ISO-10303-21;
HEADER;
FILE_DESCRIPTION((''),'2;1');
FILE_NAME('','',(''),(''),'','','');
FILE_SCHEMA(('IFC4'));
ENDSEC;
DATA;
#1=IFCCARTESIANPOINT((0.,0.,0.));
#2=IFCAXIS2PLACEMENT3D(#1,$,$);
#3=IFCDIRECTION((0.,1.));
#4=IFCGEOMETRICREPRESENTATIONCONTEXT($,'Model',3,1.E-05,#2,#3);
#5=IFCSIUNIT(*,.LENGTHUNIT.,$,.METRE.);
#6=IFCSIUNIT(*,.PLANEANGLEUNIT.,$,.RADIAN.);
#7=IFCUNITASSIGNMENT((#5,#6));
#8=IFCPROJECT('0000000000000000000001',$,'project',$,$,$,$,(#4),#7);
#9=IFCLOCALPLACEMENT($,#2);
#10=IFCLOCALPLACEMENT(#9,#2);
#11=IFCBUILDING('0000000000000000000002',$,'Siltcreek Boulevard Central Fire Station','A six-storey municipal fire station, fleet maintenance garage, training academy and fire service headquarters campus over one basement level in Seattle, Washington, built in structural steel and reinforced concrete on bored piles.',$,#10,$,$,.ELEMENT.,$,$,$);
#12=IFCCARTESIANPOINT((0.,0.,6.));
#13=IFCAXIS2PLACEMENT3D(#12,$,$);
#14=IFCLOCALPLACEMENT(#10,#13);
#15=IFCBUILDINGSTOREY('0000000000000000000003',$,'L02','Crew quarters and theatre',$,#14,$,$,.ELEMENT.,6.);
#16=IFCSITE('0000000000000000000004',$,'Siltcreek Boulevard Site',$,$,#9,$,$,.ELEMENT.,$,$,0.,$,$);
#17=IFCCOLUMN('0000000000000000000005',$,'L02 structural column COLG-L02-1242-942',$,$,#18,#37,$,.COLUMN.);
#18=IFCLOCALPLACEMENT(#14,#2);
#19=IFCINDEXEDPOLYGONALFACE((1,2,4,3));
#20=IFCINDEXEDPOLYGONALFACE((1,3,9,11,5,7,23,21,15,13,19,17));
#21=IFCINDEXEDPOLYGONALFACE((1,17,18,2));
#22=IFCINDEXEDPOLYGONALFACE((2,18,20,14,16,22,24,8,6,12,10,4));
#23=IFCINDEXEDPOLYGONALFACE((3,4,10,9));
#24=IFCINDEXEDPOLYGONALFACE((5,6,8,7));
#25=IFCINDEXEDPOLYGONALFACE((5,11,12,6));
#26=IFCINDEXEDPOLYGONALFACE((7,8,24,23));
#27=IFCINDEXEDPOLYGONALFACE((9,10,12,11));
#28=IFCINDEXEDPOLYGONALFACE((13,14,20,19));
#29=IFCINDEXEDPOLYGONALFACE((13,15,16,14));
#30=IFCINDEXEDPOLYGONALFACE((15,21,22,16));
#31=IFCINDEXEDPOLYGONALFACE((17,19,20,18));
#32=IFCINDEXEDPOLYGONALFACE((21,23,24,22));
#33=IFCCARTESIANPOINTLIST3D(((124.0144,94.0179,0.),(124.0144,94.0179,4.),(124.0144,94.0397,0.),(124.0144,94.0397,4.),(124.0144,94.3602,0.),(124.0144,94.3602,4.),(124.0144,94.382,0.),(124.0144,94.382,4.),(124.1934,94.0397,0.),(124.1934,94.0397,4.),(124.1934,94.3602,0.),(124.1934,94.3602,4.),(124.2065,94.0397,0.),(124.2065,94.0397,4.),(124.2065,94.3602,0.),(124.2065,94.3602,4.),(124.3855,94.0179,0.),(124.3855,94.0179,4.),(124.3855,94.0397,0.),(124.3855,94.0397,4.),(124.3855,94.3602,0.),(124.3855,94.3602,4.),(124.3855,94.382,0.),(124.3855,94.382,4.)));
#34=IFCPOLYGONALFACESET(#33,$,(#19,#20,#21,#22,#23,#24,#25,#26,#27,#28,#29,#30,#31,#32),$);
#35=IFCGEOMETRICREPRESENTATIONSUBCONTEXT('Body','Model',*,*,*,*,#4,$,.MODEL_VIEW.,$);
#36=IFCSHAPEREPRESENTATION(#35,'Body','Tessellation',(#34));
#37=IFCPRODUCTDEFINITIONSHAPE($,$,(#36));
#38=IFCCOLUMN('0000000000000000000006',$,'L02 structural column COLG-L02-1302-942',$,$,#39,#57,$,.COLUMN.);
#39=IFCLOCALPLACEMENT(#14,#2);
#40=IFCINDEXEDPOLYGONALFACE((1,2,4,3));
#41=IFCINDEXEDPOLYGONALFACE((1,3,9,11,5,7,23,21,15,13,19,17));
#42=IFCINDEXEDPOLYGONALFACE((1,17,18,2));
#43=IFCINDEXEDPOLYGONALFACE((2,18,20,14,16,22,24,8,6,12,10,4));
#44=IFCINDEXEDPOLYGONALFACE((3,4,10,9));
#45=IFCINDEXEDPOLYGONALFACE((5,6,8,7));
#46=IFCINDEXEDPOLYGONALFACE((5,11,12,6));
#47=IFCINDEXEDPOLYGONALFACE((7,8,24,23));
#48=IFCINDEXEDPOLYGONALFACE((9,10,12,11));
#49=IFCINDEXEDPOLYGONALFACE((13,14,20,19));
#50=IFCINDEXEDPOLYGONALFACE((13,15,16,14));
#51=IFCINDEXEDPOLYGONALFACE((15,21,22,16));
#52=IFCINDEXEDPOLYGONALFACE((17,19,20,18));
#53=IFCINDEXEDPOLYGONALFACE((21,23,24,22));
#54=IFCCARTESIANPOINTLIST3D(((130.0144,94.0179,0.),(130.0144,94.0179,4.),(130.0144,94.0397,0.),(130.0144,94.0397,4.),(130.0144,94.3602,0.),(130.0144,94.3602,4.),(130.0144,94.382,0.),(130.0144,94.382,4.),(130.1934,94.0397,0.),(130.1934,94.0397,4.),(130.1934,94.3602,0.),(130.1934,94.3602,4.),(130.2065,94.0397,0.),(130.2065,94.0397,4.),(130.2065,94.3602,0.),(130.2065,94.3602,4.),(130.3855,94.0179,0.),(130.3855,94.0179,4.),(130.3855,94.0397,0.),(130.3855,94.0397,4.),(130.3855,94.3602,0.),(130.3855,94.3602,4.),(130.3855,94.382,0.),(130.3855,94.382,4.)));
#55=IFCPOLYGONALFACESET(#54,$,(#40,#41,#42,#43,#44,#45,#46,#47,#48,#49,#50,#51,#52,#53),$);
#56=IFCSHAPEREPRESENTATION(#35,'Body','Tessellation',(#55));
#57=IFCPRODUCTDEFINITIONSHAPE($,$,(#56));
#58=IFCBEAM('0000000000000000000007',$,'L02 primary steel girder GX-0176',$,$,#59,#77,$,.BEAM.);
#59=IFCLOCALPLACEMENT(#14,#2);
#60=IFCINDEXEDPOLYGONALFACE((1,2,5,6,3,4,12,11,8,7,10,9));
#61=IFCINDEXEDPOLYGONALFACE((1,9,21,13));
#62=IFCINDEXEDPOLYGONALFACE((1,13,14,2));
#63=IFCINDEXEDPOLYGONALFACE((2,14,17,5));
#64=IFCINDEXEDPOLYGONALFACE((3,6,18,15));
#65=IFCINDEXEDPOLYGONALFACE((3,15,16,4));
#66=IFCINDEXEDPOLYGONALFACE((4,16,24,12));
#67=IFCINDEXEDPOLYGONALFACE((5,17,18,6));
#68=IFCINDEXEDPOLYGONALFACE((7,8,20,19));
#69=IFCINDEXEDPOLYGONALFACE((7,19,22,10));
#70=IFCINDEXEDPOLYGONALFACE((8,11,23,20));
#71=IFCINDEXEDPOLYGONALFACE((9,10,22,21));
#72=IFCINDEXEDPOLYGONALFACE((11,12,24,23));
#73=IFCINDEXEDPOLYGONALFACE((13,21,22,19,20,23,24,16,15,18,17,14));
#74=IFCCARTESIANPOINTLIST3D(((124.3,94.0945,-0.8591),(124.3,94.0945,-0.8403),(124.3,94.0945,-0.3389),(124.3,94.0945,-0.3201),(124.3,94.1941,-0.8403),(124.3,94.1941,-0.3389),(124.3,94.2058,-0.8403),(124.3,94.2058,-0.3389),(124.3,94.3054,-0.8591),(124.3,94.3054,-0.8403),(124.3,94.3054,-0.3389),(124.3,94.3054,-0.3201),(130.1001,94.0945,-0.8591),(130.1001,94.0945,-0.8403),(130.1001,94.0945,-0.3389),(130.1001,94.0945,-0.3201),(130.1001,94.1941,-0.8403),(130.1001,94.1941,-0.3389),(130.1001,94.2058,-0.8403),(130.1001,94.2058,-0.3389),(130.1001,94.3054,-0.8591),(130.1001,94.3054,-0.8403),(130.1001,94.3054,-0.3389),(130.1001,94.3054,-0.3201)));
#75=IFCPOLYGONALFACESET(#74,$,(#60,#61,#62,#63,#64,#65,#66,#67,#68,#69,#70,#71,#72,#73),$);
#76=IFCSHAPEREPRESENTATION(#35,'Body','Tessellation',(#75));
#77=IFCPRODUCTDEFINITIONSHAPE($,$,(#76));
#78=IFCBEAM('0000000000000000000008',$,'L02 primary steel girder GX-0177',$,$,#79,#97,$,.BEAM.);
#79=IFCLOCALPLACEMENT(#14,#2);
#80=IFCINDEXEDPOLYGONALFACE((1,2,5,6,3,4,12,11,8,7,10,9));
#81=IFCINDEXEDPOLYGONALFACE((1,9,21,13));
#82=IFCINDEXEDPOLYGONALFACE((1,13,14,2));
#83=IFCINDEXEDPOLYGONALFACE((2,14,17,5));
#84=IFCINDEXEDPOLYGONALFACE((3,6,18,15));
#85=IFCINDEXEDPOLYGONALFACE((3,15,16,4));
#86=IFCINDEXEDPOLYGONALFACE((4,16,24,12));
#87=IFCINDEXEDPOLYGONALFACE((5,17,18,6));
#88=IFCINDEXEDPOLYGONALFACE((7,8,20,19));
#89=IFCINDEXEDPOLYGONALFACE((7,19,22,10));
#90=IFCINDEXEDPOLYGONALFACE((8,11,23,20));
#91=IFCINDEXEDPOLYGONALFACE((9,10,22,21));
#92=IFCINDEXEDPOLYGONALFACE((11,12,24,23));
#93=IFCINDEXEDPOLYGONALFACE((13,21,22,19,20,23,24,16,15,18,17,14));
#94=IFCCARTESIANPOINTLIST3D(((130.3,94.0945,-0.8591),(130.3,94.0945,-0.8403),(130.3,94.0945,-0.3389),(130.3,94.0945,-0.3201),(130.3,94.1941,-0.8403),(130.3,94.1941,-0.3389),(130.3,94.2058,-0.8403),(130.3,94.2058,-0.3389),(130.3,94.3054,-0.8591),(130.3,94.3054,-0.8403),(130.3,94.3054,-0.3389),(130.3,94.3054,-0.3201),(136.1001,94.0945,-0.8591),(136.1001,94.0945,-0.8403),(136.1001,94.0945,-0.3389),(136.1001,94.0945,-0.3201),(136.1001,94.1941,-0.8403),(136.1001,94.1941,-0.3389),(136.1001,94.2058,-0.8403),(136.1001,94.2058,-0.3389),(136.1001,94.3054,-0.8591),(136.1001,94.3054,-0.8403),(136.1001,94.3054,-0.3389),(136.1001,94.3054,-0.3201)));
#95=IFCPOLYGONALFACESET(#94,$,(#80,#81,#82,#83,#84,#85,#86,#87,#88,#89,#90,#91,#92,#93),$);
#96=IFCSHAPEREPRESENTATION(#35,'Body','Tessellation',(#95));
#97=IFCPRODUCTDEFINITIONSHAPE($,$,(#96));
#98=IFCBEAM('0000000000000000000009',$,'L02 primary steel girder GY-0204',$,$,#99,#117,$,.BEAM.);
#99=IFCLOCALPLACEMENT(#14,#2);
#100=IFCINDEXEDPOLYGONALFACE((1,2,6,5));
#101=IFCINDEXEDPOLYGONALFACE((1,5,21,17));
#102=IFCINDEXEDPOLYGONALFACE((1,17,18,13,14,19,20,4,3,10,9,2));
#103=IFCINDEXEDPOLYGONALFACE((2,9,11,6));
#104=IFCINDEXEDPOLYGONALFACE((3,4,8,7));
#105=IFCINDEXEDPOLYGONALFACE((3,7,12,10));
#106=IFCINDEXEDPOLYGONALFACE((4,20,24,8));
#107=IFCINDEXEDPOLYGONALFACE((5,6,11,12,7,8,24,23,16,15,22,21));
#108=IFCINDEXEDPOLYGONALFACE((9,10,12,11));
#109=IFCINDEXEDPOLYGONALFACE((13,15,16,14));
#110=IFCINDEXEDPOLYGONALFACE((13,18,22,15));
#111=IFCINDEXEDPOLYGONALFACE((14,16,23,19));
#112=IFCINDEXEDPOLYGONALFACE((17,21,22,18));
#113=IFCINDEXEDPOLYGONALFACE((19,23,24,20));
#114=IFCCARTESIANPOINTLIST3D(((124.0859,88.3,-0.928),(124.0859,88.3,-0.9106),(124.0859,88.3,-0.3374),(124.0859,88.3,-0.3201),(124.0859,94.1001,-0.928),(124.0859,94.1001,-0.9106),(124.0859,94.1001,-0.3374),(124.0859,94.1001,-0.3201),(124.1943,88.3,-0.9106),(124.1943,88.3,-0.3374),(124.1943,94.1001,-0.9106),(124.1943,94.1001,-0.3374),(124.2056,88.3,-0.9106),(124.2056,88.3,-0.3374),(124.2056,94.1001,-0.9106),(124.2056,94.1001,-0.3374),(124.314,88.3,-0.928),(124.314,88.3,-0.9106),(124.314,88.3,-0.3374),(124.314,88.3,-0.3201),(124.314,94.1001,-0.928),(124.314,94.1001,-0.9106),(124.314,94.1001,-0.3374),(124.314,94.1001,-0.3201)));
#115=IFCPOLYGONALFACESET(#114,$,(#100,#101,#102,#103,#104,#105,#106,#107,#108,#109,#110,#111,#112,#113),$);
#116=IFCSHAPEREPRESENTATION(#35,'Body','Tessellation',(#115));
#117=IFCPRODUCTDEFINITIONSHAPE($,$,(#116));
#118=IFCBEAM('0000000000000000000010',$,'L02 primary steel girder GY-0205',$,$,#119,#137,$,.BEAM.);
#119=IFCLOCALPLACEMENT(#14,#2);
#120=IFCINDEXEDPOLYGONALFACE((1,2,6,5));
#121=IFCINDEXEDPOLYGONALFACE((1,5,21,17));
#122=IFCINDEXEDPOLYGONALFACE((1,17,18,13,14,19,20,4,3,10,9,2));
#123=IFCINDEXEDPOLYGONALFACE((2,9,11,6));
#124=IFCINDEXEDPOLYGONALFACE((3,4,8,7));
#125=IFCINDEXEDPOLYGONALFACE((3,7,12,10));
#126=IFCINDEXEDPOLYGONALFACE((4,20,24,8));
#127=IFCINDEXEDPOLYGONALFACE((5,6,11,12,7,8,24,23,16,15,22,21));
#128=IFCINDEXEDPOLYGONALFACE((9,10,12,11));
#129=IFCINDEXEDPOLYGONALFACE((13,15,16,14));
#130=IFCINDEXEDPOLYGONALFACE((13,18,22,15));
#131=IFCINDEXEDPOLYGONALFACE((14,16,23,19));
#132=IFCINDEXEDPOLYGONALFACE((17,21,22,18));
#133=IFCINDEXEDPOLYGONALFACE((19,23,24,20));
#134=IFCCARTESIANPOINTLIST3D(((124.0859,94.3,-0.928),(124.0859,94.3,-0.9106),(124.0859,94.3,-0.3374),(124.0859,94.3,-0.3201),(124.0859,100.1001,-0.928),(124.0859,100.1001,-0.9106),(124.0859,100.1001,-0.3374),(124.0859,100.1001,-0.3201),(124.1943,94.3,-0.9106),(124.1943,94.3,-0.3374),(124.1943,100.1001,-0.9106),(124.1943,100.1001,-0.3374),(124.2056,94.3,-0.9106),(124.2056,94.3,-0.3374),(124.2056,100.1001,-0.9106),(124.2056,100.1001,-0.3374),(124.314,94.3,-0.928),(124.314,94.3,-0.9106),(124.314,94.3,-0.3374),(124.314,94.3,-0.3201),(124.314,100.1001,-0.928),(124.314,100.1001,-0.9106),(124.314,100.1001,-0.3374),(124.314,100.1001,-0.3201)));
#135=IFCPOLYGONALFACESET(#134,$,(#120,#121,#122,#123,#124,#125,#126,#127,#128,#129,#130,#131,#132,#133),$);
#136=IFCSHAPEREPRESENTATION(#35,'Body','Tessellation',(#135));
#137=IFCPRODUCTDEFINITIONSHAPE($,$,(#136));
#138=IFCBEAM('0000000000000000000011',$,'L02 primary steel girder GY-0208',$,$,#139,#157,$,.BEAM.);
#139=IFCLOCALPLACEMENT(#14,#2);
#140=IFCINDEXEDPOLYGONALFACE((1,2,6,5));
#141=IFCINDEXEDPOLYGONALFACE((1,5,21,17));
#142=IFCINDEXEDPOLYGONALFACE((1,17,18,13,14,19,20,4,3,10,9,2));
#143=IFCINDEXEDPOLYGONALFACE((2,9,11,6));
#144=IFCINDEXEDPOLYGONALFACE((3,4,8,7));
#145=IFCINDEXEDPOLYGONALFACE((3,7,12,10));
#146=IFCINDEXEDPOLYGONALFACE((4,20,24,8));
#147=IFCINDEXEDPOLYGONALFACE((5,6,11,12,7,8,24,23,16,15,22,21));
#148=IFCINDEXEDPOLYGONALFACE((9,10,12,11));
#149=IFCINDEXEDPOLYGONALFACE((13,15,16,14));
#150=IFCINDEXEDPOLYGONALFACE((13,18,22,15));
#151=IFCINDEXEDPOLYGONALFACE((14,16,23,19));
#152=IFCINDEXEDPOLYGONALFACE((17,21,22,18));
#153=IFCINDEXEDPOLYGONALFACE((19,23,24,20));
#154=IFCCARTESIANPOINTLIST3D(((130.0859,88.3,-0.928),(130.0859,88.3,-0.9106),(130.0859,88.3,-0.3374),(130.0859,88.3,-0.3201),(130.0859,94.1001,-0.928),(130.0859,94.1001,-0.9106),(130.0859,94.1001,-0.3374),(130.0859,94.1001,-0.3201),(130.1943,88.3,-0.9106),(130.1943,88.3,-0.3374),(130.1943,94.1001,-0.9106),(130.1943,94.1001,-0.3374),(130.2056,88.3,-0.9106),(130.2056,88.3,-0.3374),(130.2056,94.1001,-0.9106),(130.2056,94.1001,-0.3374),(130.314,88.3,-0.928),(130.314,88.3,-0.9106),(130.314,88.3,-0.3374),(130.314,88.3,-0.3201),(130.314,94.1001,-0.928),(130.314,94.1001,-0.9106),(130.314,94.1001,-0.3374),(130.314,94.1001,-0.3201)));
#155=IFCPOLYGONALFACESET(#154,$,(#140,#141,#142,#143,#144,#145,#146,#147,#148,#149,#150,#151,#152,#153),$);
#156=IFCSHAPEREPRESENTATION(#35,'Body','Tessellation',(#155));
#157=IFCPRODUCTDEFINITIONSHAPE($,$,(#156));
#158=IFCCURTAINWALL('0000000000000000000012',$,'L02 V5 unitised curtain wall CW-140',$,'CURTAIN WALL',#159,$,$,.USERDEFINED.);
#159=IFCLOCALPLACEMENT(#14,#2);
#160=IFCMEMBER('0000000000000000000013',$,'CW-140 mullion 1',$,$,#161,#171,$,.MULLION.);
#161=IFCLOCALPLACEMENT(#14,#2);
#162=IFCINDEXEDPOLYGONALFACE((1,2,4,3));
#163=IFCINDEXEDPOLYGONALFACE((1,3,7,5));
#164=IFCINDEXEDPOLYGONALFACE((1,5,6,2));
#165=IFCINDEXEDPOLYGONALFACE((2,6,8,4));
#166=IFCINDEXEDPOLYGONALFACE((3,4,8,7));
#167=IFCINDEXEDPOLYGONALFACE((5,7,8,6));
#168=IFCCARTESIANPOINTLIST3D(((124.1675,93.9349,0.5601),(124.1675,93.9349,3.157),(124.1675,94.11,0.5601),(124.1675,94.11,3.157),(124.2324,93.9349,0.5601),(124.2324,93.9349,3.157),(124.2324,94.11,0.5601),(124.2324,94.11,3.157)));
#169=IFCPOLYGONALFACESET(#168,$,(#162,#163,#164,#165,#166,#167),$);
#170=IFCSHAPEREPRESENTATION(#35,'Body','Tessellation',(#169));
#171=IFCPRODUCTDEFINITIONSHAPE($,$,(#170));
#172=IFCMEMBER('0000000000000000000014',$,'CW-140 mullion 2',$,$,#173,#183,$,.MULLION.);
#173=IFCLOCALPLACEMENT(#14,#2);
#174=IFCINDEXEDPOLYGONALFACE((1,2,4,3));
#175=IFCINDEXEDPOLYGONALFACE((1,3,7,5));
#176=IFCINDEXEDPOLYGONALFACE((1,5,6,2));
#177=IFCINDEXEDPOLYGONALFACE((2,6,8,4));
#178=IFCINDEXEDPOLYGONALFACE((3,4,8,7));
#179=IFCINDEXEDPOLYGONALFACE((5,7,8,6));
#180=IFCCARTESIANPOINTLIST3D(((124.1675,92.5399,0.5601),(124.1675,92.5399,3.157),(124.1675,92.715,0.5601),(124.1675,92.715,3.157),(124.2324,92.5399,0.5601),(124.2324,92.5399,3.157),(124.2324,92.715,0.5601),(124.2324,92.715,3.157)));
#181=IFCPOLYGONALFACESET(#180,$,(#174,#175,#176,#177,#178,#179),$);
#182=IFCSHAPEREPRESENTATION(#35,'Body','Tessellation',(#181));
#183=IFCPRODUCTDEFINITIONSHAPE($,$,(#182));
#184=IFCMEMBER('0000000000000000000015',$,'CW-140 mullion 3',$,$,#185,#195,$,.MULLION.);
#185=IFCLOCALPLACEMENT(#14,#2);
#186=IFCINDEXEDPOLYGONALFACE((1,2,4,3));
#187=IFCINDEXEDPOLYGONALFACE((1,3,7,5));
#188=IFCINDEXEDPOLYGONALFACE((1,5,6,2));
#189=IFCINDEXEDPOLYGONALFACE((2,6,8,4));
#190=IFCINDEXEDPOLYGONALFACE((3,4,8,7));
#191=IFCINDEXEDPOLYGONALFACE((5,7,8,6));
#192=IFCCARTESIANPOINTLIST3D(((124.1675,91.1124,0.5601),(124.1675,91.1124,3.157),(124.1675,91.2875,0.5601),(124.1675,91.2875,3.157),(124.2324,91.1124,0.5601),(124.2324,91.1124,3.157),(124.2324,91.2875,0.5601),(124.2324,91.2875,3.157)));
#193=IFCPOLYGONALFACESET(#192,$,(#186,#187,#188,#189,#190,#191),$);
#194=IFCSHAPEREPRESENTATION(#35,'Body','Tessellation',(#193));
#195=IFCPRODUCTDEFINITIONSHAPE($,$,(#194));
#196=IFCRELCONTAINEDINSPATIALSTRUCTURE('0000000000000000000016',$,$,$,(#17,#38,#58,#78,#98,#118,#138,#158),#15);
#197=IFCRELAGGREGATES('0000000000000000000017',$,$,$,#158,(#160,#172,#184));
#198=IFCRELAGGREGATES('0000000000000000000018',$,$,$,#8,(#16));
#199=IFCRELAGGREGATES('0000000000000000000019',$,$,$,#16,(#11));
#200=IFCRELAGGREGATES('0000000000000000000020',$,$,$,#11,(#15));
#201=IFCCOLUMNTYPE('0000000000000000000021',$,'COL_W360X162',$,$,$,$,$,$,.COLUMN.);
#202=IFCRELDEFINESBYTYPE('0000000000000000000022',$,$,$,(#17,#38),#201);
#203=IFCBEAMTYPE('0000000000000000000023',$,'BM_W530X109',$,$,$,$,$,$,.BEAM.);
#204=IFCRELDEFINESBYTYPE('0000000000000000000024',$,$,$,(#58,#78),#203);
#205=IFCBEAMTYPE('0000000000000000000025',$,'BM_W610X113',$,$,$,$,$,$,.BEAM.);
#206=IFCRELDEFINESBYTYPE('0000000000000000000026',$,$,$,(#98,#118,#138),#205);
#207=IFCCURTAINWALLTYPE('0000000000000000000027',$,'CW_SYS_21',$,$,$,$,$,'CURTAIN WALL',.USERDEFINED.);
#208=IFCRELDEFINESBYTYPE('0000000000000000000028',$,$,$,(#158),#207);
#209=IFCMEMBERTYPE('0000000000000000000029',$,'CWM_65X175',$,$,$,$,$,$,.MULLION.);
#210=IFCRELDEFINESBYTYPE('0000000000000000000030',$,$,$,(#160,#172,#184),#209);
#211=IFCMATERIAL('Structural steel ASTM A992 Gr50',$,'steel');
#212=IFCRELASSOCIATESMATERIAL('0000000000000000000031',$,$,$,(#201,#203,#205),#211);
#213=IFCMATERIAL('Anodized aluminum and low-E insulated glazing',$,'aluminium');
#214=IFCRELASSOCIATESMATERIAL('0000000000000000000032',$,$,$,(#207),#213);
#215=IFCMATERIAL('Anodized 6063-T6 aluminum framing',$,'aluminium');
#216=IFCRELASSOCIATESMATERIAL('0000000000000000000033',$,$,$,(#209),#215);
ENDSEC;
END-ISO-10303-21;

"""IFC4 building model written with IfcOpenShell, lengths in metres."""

from ifc_helpers import new_model, si_unit, direction, frame, origin, origin_2d, place, context, subcontext, project, spatial, rectangle, i_section, extrude, material, material_profile, profile_set, type_object, element, aggregate, save


model = new_model("IFC4")

# Units and contexts
model_context = context("Model", 3, precision=1e-05, world=origin(), true_north=direction((0.0, 1.0)))
body_context = subcontext(model_context, "Body", "Model", "MODEL_VIEW")
ifc_project = project(units=[si_unit("LENGTHUNIT", "METRE"), si_unit("PLANEANGLEUNIT", "RADIAN")], contexts=[model_context])

# Site, building, storey
site_placement = place(None, origin())
site = spatial("IfcSite", under=ifc_project, at=site_placement, Name="Siltcreek Boulevard Site", CompositionType="ELEMENT", RefElevation=0.0)
building_placement = place(site_placement, origin())
building = spatial("IfcBuilding", under=site, at=building_placement, Name="Siltcreek Boulevard Central Fire Station", Description="A six-storey municipal fire station, fleet maintenance garage, training academy and fire service headquarters campus over one basement level in Seattle, Washington, built in structural steel and reinforced concrete on bored piles.", CompositionType="ELEMENT")
storey_placement = place(building_placement, frame((0.0, 0.0, 6.0)))
storey = spatial("IfcBuildingStorey", under=building, at=storey_placement, Name="L02", Description="Crew quarters and theatre", CompositionType="ELEMENT", Elevation=6.0)

# Columns
ifc_material_1 = material(Name="Structural steel ASTM A992 Gr50", Category="steel")
ifc_material_profile_1 = material_profile(ifc_material_1, i_section(OverallWidth=0.3711, OverallDepth=0.364, WebThickness=0.0132, FlangeThickness=0.0217, at=origin_2d()), Name="W360X162")
ifc_profile_set_1 = profile_set([ifc_material_profile_1], Name="Structural steel ASTM A992 Gr50")
column_type = type_object("IfcColumnType", Name="COL_W360X162", PredefinedType="COLUMN", material=ifc_profile_set_1)
for number, where, z_axis, x_axis, name in (
    (1, (124.2, 94.2, 0.0), (0.0, 0.0, 1.0), (1.0, 0.0, 0.0), "L02 structural column COLG-L02-1242-942"),
    (2, (130.2, 94.2, 0.0), (0.0, 0.0, 1.0), (1.0, 0.0, 0.0), "L02 structural column COLG-L02-1302-942"),
):
    element("IfcColumn", number, at=place(storey_placement, frame(where, z_axis=z_axis, x_axis=x_axis)), inside=storey, type_object=column_type, Name=name, PredefinedType="COLUMN", context=body_context, shape_type="SweptSolid", body=[
        extrude(i_section(OverallWidth=0.3711, OverallDepth=0.364, WebThickness=0.0132, FlangeThickness=0.0217, at=origin_2d()), origin(), (0.0, 0.0, 1.0), 4.0),
    ])

# Beams
ifc_material_profile_2 = material_profile(ifc_material_1, i_section(OverallWidth=0.2109, OverallDepth=0.5391, WebThickness=0.0117, FlangeThickness=0.0188, at=origin_2d()), Name="W530X109")
ifc_profile_set_2 = profile_set([ifc_material_profile_2], Name="Structural steel ASTM A992 Gr50")
beam_type_1 = type_object("IfcBeamType", Name="BM_W530X109", PredefinedType="BEAM", material=ifc_profile_set_2)
for number, where, z_axis, x_axis, name in (
    (3, (124.3, 94.2, -0.5896), (1.0, 0.0, 0.0), (0.0, 1.0, 0.0), "L02 primary steel girder GX-0176"),
    (4, (130.3, 94.2, -0.5896), (1.0, 0.0, 0.0), (0.0, 1.0, 0.0), "L02 primary steel girder GX-0177"),
):
    element("IfcBeam", number, at=place(storey_placement, frame(where, z_axis=z_axis, x_axis=x_axis)), inside=storey, type_object=beam_type_1, Name=name, PredefinedType="BEAM", context=body_context, shape_type="SweptSolid", body=[
        extrude(i_section(OverallWidth=0.2109, OverallDepth=0.5391, WebThickness=0.0117, FlangeThickness=0.0188, at=origin_2d()), origin(), (0.0, 0.0, 1.0), 5.8),
    ])
ifc_material_profile_3 = material_profile(ifc_material_1, i_section(OverallWidth=0.228, OverallDepth=0.6079, WebThickness=0.0112, FlangeThickness=0.0173, at=origin_2d()), Name="W610X113")
ifc_profile_set_3 = profile_set([ifc_material_profile_3], Name="Structural steel ASTM A992 Gr50")
beam_type_2 = type_object("IfcBeamType", Name="BM_W610X113", PredefinedType="BEAM", material=ifc_profile_set_3)
for number, where, z_axis, x_axis, name in (
    (5, (124.2, 88.3, -0.624), (0.0, 1.0, 0.0), (-1.0, 0.0, 0.0), "L02 primary steel girder GY-0204"),
    (6, (124.2, 94.3, -0.624), (0.0, 1.0, 0.0), (-1.0, 0.0, 0.0), "L02 primary steel girder GY-0205"),
    (7, (130.2, 88.3, -0.624), (0.0, 1.0, 0.0), (-1.0, 0.0, 0.0), "L02 primary steel girder GY-0208"),
):
    element("IfcBeam", number, at=place(storey_placement, frame(where, z_axis=z_axis, x_axis=x_axis)), inside=storey, type_object=beam_type_2, Name=name, PredefinedType="BEAM", context=body_context, shape_type="SweptSolid", body=[
        extrude(i_section(OverallWidth=0.228, OverallDepth=0.6079, WebThickness=0.0112, FlangeThickness=0.0173, at=origin_2d()), origin(), (0.0, 0.0, 1.0), 5.8),
    ])

# Curtain wall, members
ifc_material_2 = material(Name="Anodized aluminum and low-E insulated glazing", Category="aluminium")
curtain_wall_type = type_object("IfcCurtainWallType", Name="CW_SYS_21", ElementType="CURTAIN WALL", PredefinedType="USERDEFINED", material=ifc_material_2)
curtain_wall_placement = place(storey_placement, origin())
curtain_wall = element("IfcCurtainWall", 8, at=curtain_wall_placement, inside=storey, type_object=curtain_wall_type, Name="L02 V5 unitised curtain wall CW-140", ObjectType="CURTAIN WALL", PredefinedType="USERDEFINED")
ifc_material_3 = material(Name="Anodized 6063-T6 aluminum framing", Category="aluminium")
ifc_material_profile_4 = material_profile(ifc_material_3, rectangle(XDim=0.0649, YDim=0.175, at=origin_2d()), Name="MULL65X175")
ifc_profile_set_4 = profile_set([ifc_material_profile_4], Name="Anodized 6063-T6 aluminum framing")
member_type_1 = type_object("IfcMemberType", Name="CWM_65X175", PredefinedType="MULLION", material=ifc_profile_set_4)
member_1_placement = place(storey_placement, frame((124.2, 94.0225, 0.5601), z_axis=(0.0, 0.0, 1.0), x_axis=(1.0, 0.0, 0.0)))
member_1 = element("IfcMember", 9, at=member_1_placement, type_object=member_type_1, Name="CW-140 mullion 1", PredefinedType="MULLION", context=body_context, shape_type="SweptSolid", body=[
    extrude(rectangle(XDim=0.0649, YDim=0.175, at=origin_2d()), origin(), (0.0, 0.0, 1.0), 2.5969),
])
member_2_placement = place(storey_placement, frame((124.2, 92.6274, 0.5601), z_axis=(0.0, 0.0, 1.0), x_axis=(1.0, 0.0, 0.0)))
member_2 = element("IfcMember", 10, at=member_2_placement, type_object=member_type_1, Name="CW-140 mullion 2", PredefinedType="MULLION", context=body_context, shape_type="SweptSolid", body=[
    extrude(rectangle(XDim=0.0649, YDim=0.175, at=origin_2d()), origin(), (0.0, 0.0, 1.0), 2.5969),
])
member_3_placement = place(storey_placement, frame((124.2, 91.2, 0.5601), z_axis=(0.0, 0.0, 1.0), x_axis=(1.0, 0.0, 0.0)))
member_3 = element("IfcMember", 11, at=member_3_placement, type_object=member_type_1, Name="CW-140 mullion 3", PredefinedType="MULLION", context=body_context, shape_type="SweptSolid", body=[
    extrude(rectangle(XDim=0.0649, YDim=0.175, at=origin_2d()), origin(), (0.0, 0.0, 1.0), 2.5969),
])

aggregate(curtain_wall, [member_1, member_2, member_3])

save(model, "model.ifc")
